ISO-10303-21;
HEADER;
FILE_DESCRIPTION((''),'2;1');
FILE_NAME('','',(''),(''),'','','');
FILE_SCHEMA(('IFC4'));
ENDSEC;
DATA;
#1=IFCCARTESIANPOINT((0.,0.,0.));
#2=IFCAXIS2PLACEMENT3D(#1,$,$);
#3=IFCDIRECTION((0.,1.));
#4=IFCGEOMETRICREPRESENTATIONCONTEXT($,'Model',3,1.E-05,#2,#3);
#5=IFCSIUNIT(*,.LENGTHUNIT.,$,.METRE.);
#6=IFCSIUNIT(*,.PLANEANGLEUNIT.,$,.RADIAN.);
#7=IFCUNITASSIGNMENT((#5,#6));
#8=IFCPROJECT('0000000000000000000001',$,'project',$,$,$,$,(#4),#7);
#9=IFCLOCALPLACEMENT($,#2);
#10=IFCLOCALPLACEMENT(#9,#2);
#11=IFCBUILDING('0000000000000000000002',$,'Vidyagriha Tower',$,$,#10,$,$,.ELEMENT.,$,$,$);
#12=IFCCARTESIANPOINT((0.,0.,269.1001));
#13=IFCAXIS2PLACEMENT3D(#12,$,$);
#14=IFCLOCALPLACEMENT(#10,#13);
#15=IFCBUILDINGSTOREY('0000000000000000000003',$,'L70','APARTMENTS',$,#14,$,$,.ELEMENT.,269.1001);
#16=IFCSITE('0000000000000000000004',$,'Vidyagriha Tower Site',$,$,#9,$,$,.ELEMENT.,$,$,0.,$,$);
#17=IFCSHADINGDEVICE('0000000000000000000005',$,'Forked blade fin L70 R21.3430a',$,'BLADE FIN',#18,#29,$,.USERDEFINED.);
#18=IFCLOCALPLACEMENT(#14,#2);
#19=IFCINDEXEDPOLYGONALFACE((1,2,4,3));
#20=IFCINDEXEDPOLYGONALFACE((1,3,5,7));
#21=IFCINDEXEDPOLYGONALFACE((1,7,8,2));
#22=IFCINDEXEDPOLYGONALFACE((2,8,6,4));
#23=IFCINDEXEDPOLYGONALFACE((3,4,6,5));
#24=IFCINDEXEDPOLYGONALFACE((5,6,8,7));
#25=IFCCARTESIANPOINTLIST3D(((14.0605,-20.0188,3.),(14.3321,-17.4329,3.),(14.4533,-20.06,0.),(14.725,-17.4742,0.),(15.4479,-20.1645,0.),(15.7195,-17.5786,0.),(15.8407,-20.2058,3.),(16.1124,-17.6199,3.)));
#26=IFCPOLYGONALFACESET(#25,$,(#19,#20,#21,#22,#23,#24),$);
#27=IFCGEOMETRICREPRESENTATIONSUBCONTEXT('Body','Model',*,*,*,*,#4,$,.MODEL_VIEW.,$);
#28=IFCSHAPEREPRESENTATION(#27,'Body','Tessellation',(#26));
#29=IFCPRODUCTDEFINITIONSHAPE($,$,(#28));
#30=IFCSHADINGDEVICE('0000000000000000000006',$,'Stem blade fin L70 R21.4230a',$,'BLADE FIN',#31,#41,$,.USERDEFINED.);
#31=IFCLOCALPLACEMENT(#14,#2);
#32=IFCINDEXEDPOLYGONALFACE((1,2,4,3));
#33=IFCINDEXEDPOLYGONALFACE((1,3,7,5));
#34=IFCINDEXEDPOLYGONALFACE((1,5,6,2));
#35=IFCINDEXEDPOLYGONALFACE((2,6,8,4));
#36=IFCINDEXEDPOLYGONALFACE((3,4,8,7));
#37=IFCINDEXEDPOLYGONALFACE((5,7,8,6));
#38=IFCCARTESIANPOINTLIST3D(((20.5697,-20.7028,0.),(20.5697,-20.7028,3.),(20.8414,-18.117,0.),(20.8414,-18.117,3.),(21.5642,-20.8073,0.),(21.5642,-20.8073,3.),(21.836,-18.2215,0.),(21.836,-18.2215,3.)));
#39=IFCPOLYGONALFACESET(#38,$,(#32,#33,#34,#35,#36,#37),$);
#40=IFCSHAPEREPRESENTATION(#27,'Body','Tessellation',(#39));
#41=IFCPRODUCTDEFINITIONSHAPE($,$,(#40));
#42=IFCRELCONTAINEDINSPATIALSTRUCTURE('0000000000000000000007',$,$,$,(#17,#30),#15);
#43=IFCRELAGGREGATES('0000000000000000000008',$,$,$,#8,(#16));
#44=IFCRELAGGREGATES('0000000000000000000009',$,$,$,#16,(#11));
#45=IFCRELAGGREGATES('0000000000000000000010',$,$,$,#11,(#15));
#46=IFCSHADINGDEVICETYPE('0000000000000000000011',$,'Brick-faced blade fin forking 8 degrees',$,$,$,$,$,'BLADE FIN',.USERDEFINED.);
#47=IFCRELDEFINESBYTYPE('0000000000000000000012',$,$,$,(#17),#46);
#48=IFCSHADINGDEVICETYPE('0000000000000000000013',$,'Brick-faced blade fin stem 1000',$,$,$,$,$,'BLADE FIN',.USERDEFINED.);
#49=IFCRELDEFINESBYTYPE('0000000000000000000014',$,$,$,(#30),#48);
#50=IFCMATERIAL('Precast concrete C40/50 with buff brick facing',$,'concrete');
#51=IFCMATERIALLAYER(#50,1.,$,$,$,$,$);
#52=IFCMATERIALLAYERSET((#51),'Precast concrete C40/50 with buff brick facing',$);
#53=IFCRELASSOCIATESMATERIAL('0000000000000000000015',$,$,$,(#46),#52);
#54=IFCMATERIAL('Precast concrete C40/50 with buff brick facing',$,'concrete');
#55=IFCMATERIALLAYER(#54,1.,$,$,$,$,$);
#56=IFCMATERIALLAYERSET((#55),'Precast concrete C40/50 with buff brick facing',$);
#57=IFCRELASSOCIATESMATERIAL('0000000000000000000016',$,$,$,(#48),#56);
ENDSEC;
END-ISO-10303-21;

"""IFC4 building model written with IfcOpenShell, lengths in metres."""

from ifc_helpers import new_model, si_unit, direction, frame, origin, place, context, subcontext, project, spatial, polyline, outline, extrude, material, layer, layer_set, type_object, element, save


model = new_model("IFC4")

# Units and contexts
model_context = context("Model", 3, precision=1e-05, world=origin(), true_north=direction((0.0, 1.0)))
body_context = subcontext(model_context, "Body", "Model", "MODEL_VIEW")
ifc_project = project(units=[si_unit("LENGTHUNIT", "METRE"), si_unit("PLANEANGLEUNIT", "RADIAN")], contexts=[model_context])

# Site, building, storey
site_placement = place(None, origin())
site = spatial("IfcSite", under=ifc_project, at=site_placement, Name="Vidyagriha Tower Site", CompositionType="ELEMENT", RefElevation=0.0)
building_placement = place(site_placement, origin())
building = spatial("IfcBuilding", under=site, at=building_placement, Name="Vidyagriha Tower", CompositionType="ELEMENT")
storey_placement = place(building_placement, frame((0.0, 0.0, 269.1001)))
storey = spatial("IfcBuildingStorey", under=building, at=storey_placement, Name="L70", Description="APARTMENTS", CompositionType="ELEMENT", Elevation=269.1001)

# Shading devices
ifc_material_1 = material(Name="Precast concrete C40/50 with buff brick facing", Category="concrete")
ifc_layer_1 = layer(ifc_material_1, 1.0)
ifc_layer_set_1 = layer_set([ifc_layer_1], Name="Precast concrete C40/50 with buff brick facing")
shading_device_type_1 = type_object("IfcShadingDeviceType", Name="Brick-faced blade fin forking 8 degrees", ElementType="BLADE FIN", PredefinedType="USERDEFINED", material=ifc_layer_set_1)
shading_device_1_placement = place(storey_placement, frame((14.1963, -18.7258, 0.0), z_axis=(0.0, 0.0, 1.0), x_axis=(0.994528, -0.104472, 0.0)))
element("IfcShadingDevice", 1, at=shading_device_1_placement, inside=storey, type_object=shading_device_type_1, Name="Forked blade fin L70 R21.3430a", ObjectType="BLADE FIN", PredefinedType="USERDEFINED", context=body_context, shape_type="SweptSolid", body=[
    extrude(outline(polyline([(0.395, 0.0), (1.395, 0.0), (1.79, 3.0), (0.0, 3.0), (0.395, 0.0)])), frame((0.0, 1.3, 0.0), z_axis=(0.0, -1.0, 0.0), x_axis=(1.0, 0.0, 0.0)), (0.0, 0.0, 1.0), 2.6001),
])
ifc_material_2 = material(Name="Precast concrete C40/50 with buff brick facing", Category="concrete")
ifc_layer_2 = layer(ifc_material_2, 1.0)
ifc_layer_set_2 = layer_set([ifc_layer_2], Name="Precast concrete C40/50 with buff brick facing")
shading_device_type_2 = type_object("IfcShadingDeviceType", Name="Brick-faced blade fin stem 1000", ElementType="BLADE FIN", PredefinedType="USERDEFINED", material=ifc_layer_set_2)
shading_device_2_placement = place(storey_placement, frame((20.7056, -19.4099, 0.0), z_axis=(0.0, 0.0, 1.0), x_axis=(0.994524, -0.104507, 0.0)))
element("IfcShadingDevice", 2, at=shading_device_2_placement, inside=storey, type_object=shading_device_type_2, Name="Stem blade fin L70 R21.4230a", ObjectType="BLADE FIN", PredefinedType="USERDEFINED", context=body_context, shape_type="SweptSolid", body=[
    extrude(outline(polyline([(0.0, 0.0), (1.0, 0.0), (1.0, 3.0), (0.0, 3.0), (0.0, 0.0)])), frame((0.0, 1.3, 0.0), z_axis=(0.0, -1.0, 0.0), x_axis=(1.0, 0.0, 0.0)), (0.0, 0.0, 1.0), 2.6001),
])

save(model, "model.ifc")
